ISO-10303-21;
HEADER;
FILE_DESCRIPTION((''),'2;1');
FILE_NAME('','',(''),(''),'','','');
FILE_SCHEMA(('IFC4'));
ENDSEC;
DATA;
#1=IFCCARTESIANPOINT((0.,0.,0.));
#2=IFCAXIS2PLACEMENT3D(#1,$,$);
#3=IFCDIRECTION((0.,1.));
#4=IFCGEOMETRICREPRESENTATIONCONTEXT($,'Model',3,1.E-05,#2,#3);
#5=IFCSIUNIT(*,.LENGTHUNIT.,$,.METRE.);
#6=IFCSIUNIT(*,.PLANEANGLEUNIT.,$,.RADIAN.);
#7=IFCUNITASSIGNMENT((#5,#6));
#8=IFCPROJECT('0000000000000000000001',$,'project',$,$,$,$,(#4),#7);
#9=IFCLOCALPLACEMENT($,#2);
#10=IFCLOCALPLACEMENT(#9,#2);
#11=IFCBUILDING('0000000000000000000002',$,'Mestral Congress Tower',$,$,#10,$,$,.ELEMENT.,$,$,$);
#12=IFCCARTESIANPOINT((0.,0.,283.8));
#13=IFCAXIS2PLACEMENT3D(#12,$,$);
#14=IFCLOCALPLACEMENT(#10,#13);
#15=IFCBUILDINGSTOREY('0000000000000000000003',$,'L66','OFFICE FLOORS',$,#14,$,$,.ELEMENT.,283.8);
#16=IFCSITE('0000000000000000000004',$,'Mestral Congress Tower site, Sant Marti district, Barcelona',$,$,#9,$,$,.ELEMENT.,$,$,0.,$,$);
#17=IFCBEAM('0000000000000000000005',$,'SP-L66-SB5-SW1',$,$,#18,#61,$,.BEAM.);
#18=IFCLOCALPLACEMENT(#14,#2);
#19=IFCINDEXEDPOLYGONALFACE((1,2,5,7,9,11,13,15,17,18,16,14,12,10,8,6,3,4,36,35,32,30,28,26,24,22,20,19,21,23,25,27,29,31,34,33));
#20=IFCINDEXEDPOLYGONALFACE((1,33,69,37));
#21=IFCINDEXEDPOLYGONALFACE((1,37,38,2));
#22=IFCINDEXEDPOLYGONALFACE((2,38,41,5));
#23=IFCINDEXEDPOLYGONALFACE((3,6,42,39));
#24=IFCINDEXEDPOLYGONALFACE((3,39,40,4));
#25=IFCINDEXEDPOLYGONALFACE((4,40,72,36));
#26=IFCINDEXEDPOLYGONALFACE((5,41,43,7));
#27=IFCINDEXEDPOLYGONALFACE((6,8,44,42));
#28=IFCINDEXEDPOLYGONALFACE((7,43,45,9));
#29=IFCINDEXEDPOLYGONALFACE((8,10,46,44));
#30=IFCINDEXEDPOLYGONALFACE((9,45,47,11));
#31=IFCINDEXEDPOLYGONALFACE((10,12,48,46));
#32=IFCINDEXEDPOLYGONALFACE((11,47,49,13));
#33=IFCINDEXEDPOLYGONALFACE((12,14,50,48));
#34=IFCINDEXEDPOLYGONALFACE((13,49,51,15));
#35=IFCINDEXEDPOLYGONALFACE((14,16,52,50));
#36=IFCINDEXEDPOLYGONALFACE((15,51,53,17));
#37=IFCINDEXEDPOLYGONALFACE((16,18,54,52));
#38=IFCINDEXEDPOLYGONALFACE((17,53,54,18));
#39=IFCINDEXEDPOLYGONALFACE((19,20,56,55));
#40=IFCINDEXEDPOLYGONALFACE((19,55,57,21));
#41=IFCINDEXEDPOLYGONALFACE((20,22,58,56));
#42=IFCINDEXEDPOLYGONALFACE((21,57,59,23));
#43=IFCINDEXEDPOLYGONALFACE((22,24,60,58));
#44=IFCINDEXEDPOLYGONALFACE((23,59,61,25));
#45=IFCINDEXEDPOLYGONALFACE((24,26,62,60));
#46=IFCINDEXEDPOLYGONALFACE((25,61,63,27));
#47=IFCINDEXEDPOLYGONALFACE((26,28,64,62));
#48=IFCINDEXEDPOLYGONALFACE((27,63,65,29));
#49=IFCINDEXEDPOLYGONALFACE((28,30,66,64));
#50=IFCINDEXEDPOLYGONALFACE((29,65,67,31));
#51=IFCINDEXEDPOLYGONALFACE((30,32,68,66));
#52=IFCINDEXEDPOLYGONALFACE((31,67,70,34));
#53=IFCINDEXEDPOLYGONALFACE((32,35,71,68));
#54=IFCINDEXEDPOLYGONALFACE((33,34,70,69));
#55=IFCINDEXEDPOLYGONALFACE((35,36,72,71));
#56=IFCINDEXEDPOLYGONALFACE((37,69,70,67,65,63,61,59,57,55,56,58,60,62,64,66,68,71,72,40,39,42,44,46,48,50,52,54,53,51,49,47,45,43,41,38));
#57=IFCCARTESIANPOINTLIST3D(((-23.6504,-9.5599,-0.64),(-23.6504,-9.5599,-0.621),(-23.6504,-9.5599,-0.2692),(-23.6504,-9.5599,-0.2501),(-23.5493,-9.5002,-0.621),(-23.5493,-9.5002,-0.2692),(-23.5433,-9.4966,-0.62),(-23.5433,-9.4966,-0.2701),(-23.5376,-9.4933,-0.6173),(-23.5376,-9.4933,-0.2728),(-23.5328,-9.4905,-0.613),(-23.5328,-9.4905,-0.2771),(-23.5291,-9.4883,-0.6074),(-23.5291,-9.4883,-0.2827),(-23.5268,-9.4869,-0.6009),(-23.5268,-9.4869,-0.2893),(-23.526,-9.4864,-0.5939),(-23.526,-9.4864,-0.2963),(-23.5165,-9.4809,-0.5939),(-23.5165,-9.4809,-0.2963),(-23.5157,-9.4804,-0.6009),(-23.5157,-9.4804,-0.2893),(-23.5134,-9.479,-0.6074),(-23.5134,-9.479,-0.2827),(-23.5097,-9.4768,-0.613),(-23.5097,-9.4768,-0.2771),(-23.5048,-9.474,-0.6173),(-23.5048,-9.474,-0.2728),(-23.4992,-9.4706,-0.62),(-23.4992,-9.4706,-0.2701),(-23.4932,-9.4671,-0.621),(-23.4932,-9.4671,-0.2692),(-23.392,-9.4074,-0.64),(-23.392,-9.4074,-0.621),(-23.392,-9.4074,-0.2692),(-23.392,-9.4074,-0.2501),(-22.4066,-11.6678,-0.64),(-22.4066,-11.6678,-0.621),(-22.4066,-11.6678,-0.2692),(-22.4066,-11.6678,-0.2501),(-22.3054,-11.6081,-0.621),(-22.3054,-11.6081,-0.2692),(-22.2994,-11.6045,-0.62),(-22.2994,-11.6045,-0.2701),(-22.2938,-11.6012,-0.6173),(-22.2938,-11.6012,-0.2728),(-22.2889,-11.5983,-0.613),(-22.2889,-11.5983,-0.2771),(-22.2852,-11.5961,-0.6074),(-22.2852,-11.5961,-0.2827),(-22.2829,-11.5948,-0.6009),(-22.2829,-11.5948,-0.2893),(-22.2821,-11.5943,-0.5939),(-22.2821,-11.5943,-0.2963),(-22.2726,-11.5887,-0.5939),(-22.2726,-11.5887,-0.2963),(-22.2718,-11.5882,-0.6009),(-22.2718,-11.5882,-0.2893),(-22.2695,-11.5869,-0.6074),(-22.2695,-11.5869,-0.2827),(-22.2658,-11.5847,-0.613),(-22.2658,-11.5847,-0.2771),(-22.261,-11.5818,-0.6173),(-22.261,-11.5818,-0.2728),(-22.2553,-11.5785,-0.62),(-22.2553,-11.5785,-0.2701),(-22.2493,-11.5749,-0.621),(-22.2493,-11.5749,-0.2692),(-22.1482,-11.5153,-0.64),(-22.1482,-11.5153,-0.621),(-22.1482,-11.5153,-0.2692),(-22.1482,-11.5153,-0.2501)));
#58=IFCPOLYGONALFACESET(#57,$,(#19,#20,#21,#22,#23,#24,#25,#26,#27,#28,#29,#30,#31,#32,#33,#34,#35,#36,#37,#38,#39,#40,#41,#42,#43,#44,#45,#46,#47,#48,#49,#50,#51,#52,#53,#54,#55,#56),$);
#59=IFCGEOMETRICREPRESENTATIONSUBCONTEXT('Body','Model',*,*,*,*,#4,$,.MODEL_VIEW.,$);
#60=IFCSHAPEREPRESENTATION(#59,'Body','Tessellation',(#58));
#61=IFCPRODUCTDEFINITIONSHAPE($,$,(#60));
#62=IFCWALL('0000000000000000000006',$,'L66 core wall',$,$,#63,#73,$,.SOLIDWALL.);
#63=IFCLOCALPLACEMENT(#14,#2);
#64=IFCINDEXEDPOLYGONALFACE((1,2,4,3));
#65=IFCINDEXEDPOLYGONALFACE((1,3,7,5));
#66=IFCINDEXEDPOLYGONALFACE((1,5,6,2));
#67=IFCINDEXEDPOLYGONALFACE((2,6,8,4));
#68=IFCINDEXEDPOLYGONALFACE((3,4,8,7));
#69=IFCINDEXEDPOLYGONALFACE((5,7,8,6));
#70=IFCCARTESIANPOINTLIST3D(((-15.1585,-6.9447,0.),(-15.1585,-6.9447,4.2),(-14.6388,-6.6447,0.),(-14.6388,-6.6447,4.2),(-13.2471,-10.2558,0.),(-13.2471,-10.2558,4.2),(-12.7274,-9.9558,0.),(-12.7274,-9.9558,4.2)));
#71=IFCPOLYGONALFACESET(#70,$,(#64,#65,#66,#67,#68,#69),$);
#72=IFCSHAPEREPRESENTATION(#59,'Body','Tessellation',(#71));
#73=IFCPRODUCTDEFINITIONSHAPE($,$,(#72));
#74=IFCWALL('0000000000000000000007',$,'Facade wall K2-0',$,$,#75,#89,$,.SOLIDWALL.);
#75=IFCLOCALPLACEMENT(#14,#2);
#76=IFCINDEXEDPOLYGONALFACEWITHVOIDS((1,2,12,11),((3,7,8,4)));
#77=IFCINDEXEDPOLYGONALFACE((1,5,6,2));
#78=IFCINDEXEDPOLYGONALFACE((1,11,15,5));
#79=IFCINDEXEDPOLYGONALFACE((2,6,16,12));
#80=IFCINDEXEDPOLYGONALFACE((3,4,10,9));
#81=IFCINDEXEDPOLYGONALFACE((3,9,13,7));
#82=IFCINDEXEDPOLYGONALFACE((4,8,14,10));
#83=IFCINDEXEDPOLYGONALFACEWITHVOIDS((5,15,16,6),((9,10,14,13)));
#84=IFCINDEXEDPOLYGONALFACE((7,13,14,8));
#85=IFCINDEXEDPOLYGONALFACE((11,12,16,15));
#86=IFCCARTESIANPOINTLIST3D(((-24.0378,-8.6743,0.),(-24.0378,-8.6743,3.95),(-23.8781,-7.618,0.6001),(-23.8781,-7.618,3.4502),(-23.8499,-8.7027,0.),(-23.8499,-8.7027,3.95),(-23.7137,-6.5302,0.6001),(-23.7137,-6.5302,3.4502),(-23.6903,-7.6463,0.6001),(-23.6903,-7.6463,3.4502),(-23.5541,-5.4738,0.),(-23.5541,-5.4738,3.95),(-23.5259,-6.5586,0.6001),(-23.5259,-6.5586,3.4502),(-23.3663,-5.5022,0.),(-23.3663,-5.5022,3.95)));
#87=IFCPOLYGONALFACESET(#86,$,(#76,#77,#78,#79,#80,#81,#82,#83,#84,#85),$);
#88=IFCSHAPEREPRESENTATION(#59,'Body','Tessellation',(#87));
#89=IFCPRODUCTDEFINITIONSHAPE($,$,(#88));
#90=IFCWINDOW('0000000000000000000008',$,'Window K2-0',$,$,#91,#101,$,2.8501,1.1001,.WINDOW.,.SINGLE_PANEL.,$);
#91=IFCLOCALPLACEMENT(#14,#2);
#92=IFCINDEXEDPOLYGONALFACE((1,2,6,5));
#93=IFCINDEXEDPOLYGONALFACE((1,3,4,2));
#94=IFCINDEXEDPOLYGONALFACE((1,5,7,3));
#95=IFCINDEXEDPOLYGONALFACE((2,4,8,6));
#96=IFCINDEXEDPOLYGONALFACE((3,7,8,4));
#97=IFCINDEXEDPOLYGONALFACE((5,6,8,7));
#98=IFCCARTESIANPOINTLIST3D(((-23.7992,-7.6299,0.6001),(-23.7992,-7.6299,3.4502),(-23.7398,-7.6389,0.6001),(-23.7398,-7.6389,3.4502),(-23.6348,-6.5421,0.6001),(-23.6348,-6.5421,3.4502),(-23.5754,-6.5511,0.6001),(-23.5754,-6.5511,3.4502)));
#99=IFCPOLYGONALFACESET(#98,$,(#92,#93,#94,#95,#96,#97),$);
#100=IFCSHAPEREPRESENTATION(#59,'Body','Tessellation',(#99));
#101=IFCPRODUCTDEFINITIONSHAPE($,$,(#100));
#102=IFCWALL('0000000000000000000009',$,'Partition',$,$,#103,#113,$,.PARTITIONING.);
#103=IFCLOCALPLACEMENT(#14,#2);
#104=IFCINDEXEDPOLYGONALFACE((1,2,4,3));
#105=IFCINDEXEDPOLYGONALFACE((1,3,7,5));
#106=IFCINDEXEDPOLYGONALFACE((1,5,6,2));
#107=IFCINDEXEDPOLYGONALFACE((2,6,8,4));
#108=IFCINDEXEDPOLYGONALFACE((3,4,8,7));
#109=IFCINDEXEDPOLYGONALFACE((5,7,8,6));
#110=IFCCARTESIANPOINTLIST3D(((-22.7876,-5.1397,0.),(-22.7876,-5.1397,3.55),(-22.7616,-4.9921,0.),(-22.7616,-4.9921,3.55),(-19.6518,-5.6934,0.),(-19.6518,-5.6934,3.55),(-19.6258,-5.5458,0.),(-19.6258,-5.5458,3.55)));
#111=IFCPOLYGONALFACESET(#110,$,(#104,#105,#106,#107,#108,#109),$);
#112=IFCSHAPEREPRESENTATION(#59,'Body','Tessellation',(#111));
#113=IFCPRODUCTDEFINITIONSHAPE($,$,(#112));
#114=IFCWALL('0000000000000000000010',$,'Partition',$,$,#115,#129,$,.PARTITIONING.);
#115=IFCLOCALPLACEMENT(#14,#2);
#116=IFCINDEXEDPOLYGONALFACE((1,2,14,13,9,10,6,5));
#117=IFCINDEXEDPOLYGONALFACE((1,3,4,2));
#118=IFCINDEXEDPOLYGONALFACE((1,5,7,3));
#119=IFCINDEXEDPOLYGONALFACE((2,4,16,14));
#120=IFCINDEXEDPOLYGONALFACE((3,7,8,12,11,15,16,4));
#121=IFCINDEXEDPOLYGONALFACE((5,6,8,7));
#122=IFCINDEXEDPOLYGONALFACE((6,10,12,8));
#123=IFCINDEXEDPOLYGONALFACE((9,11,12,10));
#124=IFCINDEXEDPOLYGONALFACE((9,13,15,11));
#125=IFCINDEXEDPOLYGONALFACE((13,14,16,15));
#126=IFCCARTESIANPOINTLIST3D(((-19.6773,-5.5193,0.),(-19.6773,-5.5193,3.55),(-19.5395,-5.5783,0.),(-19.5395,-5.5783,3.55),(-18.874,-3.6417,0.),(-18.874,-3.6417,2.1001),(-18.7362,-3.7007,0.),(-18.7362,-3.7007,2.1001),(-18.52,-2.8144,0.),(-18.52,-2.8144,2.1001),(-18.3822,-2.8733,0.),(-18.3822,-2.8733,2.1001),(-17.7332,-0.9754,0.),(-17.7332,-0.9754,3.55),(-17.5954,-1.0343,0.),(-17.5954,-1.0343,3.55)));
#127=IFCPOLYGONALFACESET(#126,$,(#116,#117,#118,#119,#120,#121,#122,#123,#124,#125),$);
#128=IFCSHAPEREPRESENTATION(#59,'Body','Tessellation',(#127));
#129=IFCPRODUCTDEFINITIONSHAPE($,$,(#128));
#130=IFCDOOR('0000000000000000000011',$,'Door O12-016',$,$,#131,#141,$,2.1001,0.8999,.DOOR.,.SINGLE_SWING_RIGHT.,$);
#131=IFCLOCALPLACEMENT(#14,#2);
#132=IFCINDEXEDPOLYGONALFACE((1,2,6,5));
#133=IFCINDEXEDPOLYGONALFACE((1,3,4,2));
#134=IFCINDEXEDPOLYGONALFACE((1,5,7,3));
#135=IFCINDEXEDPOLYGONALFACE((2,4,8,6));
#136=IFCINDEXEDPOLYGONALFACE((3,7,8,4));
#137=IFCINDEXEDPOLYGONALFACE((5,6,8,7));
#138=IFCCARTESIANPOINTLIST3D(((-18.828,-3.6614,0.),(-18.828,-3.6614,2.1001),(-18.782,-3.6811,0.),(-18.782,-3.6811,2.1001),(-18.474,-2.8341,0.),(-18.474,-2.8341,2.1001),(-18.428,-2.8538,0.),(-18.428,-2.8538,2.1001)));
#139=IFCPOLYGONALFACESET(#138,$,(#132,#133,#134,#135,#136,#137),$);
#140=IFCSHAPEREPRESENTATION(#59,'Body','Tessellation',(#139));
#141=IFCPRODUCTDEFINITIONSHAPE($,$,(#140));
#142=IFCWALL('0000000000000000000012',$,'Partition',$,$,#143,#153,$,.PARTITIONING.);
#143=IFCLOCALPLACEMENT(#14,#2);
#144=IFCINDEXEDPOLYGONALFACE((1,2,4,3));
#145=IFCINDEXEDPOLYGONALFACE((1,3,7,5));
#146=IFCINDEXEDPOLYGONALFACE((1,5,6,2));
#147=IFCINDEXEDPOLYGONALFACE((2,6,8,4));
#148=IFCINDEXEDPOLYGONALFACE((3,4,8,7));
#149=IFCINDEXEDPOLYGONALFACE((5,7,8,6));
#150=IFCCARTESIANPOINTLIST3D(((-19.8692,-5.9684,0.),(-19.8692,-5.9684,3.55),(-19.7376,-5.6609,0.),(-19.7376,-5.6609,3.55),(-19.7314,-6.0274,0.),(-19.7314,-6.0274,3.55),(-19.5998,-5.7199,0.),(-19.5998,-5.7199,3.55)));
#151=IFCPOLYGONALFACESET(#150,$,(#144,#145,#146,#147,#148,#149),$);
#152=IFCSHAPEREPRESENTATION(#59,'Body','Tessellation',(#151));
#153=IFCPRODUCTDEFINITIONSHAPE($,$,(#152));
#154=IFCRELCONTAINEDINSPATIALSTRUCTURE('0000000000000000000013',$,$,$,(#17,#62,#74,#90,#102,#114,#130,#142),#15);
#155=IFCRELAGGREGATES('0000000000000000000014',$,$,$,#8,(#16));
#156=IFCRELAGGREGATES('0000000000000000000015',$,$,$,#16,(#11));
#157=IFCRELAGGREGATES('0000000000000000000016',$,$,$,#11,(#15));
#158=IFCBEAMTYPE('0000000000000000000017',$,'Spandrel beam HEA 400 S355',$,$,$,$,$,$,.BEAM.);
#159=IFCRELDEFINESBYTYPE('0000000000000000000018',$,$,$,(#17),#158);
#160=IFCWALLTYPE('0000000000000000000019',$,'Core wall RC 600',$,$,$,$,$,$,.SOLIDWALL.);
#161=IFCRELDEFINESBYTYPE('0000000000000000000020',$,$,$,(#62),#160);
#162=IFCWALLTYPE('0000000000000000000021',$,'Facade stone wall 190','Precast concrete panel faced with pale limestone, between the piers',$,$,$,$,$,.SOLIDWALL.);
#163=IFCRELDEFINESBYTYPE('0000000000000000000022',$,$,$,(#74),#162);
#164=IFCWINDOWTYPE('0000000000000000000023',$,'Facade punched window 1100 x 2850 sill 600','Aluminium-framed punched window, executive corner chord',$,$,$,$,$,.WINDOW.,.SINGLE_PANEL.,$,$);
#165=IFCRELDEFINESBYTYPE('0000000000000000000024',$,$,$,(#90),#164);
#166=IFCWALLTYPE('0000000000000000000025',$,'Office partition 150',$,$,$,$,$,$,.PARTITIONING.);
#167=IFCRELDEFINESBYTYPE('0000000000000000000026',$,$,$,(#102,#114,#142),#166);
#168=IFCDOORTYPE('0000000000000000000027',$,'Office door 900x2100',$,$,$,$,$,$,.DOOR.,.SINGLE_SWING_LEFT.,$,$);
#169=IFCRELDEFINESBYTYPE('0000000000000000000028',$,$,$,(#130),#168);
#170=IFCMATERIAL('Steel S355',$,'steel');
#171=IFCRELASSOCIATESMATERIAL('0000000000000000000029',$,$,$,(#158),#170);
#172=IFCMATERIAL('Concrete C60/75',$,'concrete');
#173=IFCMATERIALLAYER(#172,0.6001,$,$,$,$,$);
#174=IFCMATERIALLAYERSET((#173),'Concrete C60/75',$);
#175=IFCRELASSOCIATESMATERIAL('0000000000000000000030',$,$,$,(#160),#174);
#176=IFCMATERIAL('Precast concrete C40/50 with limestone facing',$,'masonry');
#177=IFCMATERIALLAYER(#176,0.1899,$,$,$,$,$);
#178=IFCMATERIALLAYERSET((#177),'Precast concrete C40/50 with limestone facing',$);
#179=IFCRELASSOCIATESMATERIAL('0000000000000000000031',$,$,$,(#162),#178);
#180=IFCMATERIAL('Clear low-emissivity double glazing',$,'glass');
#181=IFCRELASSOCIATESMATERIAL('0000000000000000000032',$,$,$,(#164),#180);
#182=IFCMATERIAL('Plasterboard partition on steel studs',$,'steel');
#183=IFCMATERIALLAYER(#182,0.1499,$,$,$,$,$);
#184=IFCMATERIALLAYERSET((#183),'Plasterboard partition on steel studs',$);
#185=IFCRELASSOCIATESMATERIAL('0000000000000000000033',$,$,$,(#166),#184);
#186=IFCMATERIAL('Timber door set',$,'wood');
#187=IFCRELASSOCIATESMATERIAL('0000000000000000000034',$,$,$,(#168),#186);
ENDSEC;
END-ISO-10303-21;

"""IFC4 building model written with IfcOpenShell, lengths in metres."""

from ifc_helpers import new_model, si_unit, direction, frame, frame_2d, origin, origin_2d, place, context, subcontext, project, spatial, rectangle, i_section, extrude, material, layer, layer_set, material_profile, profile_set, type_object, element, fill, save


model = new_model("IFC4")

# Units and contexts
model_context = context("Model", 3, precision=1e-05, world=origin(), true_north=direction((0.0, 1.0)))
body_context = subcontext(model_context, "Body", "Model", "MODEL_VIEW")
ifc_project = project(units=[si_unit("LENGTHUNIT", "METRE"), si_unit("PLANEANGLEUNIT", "RADIAN")], contexts=[model_context])

# Site, building, storey
site_placement = place(None, origin())
site = spatial("IfcSite", under=ifc_project, at=site_placement, Name="Mestral Congress Tower site, Sant Marti district, Barcelona", CompositionType="ELEMENT", RefElevation=0.0)
building_placement = place(site_placement, origin())
building = spatial("IfcBuilding", under=site, at=building_placement, Name="Mestral Congress Tower", CompositionType="ELEMENT")
storey_placement = place(building_placement, frame((0.0, 0.0, 283.8)))
storey = spatial("IfcBuildingStorey", under=building, at=storey_placement, Name="L66", Description="OFFICE FLOORS", CompositionType="ELEMENT", Elevation=283.8)

# Shared definitions
ifc_material_1 = material(Name="Concrete C60/75", Category="concrete")

# Beam
ifc_material_2 = material(Name="Steel S355", Category="steel")
ifc_material_profile_1 = material_profile(ifc_material_2, i_section(OverallWidth=0.3, OverallDepth=0.3899, WebThickness=0.011, FlangeThickness=0.019, FilletRadius=0.0271, at=origin_2d()), Name="HEA 400")
ifc_profile_set_1 = profile_set([ifc_material_profile_1], Name="Steel S355")
beam_type_1 = type_object("IfcBeamType", Name="Spandrel beam HEA 400 S355", PredefinedType="BEAM", material=ifc_profile_set_1)
beam_1_placement = place(storey_placement, frame((-23.5212, -9.4836, -0.4451), z_axis=(0.508218, -0.861228, 0.0), x_axis=(0.861228, 0.508218, 0.0)))
element("IfcBeam", 1, at=beam_1_placement, inside=storey, type_object=beam_type_1, Name="SP-L66-SB5-SW1", PredefinedType="BEAM", context=body_context, shape_type="SweptSolid", body=[
    extrude(i_section(OverallWidth=0.3, OverallDepth=0.3899, WebThickness=0.011, FlangeThickness=0.019, FilletRadius=0.0271, at=origin_2d()), origin(), (0.0, 0.0, 1.0), 2.4475),
])

# Wall
ifc_layer_1 = layer(ifc_material_1, 0.6001)
ifc_layer_set_1 = layer_set([ifc_layer_1], Name="Concrete C60/75")
wall_type_1 = type_object("IfcWallType", Name="Core wall RC 600", PredefinedType="SOLIDWALL", material=ifc_layer_set_1)
wall_1_placement = place(storey_placement, frame((-14.8987, -6.7947, 0.0), z_axis=(0.0, 0.0, 1.0), x_axis=(0.499951, -0.866054, 0.0)))
element("IfcWall", 2, at=wall_1_placement, inside=storey, type_object=wall_type_1, Name="L66 core wall", PredefinedType="SOLIDWALL", context=body_context, shape_type="SweptSolid", body=[
    extrude(rectangle(XDim=3.8232, YDim=0.6001, at=frame_2d((1.9116, 0.0))), origin(), (0.0, 0.0, 1.0), 4.2),
])

# Wall, opening, window
ifc_material_3 = material(Name="Precast concrete C40/50 with limestone facing", Category="masonry")
ifc_layer_2 = layer(ifc_material_3, 0.1899)
ifc_layer_set_2 = layer_set([ifc_layer_2], Name="Precast concrete C40/50 with limestone facing")
wall_type_2 = type_object("IfcWallType", Name="Facade stone wall 190", Description="Precast concrete panel faced with pale limestone, between the piers", PredefinedType="SOLIDWALL", material=ifc_layer_set_2)
wall_2_placement = place(storey_placement, frame((-23.4602, -5.488, 0.0), z_axis=(0.0, 0.0, 1.0), x_axis=(-0.149421, -0.988774, 0.0)))
wall_2 = element("IfcWall", 3, at=wall_2_placement, inside=storey, type_object=wall_type_2, Name="Facade wall K2-0", PredefinedType="SOLIDWALL", context=body_context, shape_type="SweptSolid", body=[
    extrude(rectangle(XDim=3.2368, YDim=0.1899, at=frame_2d((1.6184, 0.0))), origin(), (0.0, 0.0, 1.0), 3.95),
])
opening_1_placement = place(wall_2_placement, frame((1.0684, 0.0, 0.6001)))
opening_1 = element("IfcOpeningElement", 4, at=opening_1_placement, cuts=wall_2, PredefinedType="OPENING", context=body_context, shape_type="SweptSolid", body=[
    extrude(rectangle(XDim=1.1001, YDim=2.8501, at=frame_2d((0.55, 1.425))), frame((0.0, 0.105, 0.0), z_axis=(0.0, -1.0, 0.0), x_axis=(1.0, 0.0, 0.0)), (0.0, 0.0, 1.0), 0.21),
])
ifc_material_4 = material(Name="Clear low-emissivity double glazing", Category="glass")
window_type = type_object("IfcWindowType", Name="Facade punched window 1100 x 2850 sill 600", Description="Aluminium-framed punched window, executive corner chord", PartitioningType="SINGLE_PANEL", PredefinedType="WINDOW", material=ifc_material_4)
window_placement = place(opening_1_placement, origin())
window = element("IfcWindow", 5, at=window_placement, inside=storey, type_object=window_type, Name="Window K2-0", OverallHeight=2.8501, OverallWidth=1.1001, PartitioningType="SINGLE_PANEL", PredefinedType="WINDOW", context=body_context, shape_type="SweptSolid", body=[
    extrude(rectangle(XDim=1.1001, YDim=2.8501, at=frame_2d((0.55, 1.425))), frame((0.0, 0.0449, 0.0), z_axis=(0.0, -1.0, 0.0), x_axis=(1.0, 0.0, 0.0)), (0.0, 0.0, 1.0), 0.0601),
])
fill(opening_1, window)

# Wall
ifc_material_5 = material(Name="Plasterboard partition on steel studs", Category="steel")
ifc_layer_3 = layer(ifc_material_5, 0.1499)
ifc_layer_set_3 = layer_set([ifc_layer_3], Name="Plasterboard partition on steel studs")
wall_type_3 = type_object("IfcWallType", Name="Office partition 150", PredefinedType="PARTITIONING", material=ifc_layer_set_3)
wall_3_placement = place(storey_placement, frame((-19.6387, -5.6196, 0.0), z_axis=(0.0, 0.0, 1.0), x_axis=(-0.984765, 0.17389, 0.0)))
element("IfcWall", 6, at=wall_3_placement, inside=storey, type_object=wall_type_3, Name="Partition", PredefinedType="PARTITIONING", context=body_context, shape_type="SweptSolid", body=[
    extrude(rectangle(XDim=3.1843, YDim=0.1499, at=frame_2d((1.5923, 0.0))), origin(), (0.0, 0.0, 1.0), 3.55),
])

# Wall, opening, door
wall_4_placement = place(storey_placement, frame((-19.6084, -5.5488, 0.0), z_axis=(0.0, 0.0, 1.0), x_axis=(0.393353, 0.919388, 0.0)))
wall_4 = element("IfcWall", 7, at=wall_4_placement, inside=storey, type_object=wall_type_3, Name="Partition", PredefinedType="PARTITIONING", context=body_context, shape_type="SweptSolid", body=[
    extrude(rectangle(XDim=4.9424, YDim=0.1499, at=frame_2d((2.4712, 0.0))), origin(), (0.0, 0.0, 1.0), 3.55),
])
opening_2_placement = place(wall_4_placement, frame((2.0422, 0.0, 0.0)))
opening_2 = element("IfcOpeningElement", 8, at=opening_2_placement, cuts=wall_4, PredefinedType="OPENING", context=body_context, shape_type="SweptSolid", body=[
    extrude(rectangle(XDim=0.8999, YDim=2.1001, at=frame_2d((0.45, 1.05))), frame((0.0, 0.085, 0.0), z_axis=(0.0, -1.0, 0.0), x_axis=(1.0, 0.0, 0.0)), (0.0, 0.0, 1.0), 0.1699),
])
ifc_material_6 = material(Name="Timber door set", Category="wood")
door_type = type_object("IfcDoorType", Name="Office door 900x2100", OperationType="SINGLE_SWING_LEFT", PredefinedType="DOOR", material=ifc_material_6)
door_1_placement = place(opening_2_placement, origin())
door_1 = element("IfcDoor", 9, at=door_1_placement, inside=storey, type_object=door_type, Name="Door O12-016", OperationType="SINGLE_SWING_RIGHT", OverallHeight=2.1001, OverallWidth=0.8999, PredefinedType="DOOR", context=body_context, shape_type="SweptSolid", body=[
    extrude(rectangle(XDim=0.8999, YDim=2.1001, at=frame_2d((0.45, 1.05))), frame((0.0, 0.0249, 0.0), z_axis=(0.0, -1.0, 0.0), x_axis=(1.0, 0.0, 0.0)), (0.0, 0.0, 1.0), 0.05),
])
fill(opening_2, door_1)

# Wall
wall_5_placement = place(storey_placement, frame((-19.6687, -5.6904, 0.0), z_axis=(0.0, 0.0, 1.0), x_axis=(-0.393567, -0.919296, 0.0)))
element("IfcWall", 10, at=wall_5_placement, inside=storey, type_object=wall_type_3, Name="Partition", PredefinedType="PARTITIONING", context=body_context, shape_type="SweptSolid", body=[
    extrude(rectangle(XDim=0.3345, YDim=0.1499, at=frame_2d((0.1672, 0.0))), origin(), (0.0, 0.0, 1.0), 3.55),
])

save(model, "model.ifc")
